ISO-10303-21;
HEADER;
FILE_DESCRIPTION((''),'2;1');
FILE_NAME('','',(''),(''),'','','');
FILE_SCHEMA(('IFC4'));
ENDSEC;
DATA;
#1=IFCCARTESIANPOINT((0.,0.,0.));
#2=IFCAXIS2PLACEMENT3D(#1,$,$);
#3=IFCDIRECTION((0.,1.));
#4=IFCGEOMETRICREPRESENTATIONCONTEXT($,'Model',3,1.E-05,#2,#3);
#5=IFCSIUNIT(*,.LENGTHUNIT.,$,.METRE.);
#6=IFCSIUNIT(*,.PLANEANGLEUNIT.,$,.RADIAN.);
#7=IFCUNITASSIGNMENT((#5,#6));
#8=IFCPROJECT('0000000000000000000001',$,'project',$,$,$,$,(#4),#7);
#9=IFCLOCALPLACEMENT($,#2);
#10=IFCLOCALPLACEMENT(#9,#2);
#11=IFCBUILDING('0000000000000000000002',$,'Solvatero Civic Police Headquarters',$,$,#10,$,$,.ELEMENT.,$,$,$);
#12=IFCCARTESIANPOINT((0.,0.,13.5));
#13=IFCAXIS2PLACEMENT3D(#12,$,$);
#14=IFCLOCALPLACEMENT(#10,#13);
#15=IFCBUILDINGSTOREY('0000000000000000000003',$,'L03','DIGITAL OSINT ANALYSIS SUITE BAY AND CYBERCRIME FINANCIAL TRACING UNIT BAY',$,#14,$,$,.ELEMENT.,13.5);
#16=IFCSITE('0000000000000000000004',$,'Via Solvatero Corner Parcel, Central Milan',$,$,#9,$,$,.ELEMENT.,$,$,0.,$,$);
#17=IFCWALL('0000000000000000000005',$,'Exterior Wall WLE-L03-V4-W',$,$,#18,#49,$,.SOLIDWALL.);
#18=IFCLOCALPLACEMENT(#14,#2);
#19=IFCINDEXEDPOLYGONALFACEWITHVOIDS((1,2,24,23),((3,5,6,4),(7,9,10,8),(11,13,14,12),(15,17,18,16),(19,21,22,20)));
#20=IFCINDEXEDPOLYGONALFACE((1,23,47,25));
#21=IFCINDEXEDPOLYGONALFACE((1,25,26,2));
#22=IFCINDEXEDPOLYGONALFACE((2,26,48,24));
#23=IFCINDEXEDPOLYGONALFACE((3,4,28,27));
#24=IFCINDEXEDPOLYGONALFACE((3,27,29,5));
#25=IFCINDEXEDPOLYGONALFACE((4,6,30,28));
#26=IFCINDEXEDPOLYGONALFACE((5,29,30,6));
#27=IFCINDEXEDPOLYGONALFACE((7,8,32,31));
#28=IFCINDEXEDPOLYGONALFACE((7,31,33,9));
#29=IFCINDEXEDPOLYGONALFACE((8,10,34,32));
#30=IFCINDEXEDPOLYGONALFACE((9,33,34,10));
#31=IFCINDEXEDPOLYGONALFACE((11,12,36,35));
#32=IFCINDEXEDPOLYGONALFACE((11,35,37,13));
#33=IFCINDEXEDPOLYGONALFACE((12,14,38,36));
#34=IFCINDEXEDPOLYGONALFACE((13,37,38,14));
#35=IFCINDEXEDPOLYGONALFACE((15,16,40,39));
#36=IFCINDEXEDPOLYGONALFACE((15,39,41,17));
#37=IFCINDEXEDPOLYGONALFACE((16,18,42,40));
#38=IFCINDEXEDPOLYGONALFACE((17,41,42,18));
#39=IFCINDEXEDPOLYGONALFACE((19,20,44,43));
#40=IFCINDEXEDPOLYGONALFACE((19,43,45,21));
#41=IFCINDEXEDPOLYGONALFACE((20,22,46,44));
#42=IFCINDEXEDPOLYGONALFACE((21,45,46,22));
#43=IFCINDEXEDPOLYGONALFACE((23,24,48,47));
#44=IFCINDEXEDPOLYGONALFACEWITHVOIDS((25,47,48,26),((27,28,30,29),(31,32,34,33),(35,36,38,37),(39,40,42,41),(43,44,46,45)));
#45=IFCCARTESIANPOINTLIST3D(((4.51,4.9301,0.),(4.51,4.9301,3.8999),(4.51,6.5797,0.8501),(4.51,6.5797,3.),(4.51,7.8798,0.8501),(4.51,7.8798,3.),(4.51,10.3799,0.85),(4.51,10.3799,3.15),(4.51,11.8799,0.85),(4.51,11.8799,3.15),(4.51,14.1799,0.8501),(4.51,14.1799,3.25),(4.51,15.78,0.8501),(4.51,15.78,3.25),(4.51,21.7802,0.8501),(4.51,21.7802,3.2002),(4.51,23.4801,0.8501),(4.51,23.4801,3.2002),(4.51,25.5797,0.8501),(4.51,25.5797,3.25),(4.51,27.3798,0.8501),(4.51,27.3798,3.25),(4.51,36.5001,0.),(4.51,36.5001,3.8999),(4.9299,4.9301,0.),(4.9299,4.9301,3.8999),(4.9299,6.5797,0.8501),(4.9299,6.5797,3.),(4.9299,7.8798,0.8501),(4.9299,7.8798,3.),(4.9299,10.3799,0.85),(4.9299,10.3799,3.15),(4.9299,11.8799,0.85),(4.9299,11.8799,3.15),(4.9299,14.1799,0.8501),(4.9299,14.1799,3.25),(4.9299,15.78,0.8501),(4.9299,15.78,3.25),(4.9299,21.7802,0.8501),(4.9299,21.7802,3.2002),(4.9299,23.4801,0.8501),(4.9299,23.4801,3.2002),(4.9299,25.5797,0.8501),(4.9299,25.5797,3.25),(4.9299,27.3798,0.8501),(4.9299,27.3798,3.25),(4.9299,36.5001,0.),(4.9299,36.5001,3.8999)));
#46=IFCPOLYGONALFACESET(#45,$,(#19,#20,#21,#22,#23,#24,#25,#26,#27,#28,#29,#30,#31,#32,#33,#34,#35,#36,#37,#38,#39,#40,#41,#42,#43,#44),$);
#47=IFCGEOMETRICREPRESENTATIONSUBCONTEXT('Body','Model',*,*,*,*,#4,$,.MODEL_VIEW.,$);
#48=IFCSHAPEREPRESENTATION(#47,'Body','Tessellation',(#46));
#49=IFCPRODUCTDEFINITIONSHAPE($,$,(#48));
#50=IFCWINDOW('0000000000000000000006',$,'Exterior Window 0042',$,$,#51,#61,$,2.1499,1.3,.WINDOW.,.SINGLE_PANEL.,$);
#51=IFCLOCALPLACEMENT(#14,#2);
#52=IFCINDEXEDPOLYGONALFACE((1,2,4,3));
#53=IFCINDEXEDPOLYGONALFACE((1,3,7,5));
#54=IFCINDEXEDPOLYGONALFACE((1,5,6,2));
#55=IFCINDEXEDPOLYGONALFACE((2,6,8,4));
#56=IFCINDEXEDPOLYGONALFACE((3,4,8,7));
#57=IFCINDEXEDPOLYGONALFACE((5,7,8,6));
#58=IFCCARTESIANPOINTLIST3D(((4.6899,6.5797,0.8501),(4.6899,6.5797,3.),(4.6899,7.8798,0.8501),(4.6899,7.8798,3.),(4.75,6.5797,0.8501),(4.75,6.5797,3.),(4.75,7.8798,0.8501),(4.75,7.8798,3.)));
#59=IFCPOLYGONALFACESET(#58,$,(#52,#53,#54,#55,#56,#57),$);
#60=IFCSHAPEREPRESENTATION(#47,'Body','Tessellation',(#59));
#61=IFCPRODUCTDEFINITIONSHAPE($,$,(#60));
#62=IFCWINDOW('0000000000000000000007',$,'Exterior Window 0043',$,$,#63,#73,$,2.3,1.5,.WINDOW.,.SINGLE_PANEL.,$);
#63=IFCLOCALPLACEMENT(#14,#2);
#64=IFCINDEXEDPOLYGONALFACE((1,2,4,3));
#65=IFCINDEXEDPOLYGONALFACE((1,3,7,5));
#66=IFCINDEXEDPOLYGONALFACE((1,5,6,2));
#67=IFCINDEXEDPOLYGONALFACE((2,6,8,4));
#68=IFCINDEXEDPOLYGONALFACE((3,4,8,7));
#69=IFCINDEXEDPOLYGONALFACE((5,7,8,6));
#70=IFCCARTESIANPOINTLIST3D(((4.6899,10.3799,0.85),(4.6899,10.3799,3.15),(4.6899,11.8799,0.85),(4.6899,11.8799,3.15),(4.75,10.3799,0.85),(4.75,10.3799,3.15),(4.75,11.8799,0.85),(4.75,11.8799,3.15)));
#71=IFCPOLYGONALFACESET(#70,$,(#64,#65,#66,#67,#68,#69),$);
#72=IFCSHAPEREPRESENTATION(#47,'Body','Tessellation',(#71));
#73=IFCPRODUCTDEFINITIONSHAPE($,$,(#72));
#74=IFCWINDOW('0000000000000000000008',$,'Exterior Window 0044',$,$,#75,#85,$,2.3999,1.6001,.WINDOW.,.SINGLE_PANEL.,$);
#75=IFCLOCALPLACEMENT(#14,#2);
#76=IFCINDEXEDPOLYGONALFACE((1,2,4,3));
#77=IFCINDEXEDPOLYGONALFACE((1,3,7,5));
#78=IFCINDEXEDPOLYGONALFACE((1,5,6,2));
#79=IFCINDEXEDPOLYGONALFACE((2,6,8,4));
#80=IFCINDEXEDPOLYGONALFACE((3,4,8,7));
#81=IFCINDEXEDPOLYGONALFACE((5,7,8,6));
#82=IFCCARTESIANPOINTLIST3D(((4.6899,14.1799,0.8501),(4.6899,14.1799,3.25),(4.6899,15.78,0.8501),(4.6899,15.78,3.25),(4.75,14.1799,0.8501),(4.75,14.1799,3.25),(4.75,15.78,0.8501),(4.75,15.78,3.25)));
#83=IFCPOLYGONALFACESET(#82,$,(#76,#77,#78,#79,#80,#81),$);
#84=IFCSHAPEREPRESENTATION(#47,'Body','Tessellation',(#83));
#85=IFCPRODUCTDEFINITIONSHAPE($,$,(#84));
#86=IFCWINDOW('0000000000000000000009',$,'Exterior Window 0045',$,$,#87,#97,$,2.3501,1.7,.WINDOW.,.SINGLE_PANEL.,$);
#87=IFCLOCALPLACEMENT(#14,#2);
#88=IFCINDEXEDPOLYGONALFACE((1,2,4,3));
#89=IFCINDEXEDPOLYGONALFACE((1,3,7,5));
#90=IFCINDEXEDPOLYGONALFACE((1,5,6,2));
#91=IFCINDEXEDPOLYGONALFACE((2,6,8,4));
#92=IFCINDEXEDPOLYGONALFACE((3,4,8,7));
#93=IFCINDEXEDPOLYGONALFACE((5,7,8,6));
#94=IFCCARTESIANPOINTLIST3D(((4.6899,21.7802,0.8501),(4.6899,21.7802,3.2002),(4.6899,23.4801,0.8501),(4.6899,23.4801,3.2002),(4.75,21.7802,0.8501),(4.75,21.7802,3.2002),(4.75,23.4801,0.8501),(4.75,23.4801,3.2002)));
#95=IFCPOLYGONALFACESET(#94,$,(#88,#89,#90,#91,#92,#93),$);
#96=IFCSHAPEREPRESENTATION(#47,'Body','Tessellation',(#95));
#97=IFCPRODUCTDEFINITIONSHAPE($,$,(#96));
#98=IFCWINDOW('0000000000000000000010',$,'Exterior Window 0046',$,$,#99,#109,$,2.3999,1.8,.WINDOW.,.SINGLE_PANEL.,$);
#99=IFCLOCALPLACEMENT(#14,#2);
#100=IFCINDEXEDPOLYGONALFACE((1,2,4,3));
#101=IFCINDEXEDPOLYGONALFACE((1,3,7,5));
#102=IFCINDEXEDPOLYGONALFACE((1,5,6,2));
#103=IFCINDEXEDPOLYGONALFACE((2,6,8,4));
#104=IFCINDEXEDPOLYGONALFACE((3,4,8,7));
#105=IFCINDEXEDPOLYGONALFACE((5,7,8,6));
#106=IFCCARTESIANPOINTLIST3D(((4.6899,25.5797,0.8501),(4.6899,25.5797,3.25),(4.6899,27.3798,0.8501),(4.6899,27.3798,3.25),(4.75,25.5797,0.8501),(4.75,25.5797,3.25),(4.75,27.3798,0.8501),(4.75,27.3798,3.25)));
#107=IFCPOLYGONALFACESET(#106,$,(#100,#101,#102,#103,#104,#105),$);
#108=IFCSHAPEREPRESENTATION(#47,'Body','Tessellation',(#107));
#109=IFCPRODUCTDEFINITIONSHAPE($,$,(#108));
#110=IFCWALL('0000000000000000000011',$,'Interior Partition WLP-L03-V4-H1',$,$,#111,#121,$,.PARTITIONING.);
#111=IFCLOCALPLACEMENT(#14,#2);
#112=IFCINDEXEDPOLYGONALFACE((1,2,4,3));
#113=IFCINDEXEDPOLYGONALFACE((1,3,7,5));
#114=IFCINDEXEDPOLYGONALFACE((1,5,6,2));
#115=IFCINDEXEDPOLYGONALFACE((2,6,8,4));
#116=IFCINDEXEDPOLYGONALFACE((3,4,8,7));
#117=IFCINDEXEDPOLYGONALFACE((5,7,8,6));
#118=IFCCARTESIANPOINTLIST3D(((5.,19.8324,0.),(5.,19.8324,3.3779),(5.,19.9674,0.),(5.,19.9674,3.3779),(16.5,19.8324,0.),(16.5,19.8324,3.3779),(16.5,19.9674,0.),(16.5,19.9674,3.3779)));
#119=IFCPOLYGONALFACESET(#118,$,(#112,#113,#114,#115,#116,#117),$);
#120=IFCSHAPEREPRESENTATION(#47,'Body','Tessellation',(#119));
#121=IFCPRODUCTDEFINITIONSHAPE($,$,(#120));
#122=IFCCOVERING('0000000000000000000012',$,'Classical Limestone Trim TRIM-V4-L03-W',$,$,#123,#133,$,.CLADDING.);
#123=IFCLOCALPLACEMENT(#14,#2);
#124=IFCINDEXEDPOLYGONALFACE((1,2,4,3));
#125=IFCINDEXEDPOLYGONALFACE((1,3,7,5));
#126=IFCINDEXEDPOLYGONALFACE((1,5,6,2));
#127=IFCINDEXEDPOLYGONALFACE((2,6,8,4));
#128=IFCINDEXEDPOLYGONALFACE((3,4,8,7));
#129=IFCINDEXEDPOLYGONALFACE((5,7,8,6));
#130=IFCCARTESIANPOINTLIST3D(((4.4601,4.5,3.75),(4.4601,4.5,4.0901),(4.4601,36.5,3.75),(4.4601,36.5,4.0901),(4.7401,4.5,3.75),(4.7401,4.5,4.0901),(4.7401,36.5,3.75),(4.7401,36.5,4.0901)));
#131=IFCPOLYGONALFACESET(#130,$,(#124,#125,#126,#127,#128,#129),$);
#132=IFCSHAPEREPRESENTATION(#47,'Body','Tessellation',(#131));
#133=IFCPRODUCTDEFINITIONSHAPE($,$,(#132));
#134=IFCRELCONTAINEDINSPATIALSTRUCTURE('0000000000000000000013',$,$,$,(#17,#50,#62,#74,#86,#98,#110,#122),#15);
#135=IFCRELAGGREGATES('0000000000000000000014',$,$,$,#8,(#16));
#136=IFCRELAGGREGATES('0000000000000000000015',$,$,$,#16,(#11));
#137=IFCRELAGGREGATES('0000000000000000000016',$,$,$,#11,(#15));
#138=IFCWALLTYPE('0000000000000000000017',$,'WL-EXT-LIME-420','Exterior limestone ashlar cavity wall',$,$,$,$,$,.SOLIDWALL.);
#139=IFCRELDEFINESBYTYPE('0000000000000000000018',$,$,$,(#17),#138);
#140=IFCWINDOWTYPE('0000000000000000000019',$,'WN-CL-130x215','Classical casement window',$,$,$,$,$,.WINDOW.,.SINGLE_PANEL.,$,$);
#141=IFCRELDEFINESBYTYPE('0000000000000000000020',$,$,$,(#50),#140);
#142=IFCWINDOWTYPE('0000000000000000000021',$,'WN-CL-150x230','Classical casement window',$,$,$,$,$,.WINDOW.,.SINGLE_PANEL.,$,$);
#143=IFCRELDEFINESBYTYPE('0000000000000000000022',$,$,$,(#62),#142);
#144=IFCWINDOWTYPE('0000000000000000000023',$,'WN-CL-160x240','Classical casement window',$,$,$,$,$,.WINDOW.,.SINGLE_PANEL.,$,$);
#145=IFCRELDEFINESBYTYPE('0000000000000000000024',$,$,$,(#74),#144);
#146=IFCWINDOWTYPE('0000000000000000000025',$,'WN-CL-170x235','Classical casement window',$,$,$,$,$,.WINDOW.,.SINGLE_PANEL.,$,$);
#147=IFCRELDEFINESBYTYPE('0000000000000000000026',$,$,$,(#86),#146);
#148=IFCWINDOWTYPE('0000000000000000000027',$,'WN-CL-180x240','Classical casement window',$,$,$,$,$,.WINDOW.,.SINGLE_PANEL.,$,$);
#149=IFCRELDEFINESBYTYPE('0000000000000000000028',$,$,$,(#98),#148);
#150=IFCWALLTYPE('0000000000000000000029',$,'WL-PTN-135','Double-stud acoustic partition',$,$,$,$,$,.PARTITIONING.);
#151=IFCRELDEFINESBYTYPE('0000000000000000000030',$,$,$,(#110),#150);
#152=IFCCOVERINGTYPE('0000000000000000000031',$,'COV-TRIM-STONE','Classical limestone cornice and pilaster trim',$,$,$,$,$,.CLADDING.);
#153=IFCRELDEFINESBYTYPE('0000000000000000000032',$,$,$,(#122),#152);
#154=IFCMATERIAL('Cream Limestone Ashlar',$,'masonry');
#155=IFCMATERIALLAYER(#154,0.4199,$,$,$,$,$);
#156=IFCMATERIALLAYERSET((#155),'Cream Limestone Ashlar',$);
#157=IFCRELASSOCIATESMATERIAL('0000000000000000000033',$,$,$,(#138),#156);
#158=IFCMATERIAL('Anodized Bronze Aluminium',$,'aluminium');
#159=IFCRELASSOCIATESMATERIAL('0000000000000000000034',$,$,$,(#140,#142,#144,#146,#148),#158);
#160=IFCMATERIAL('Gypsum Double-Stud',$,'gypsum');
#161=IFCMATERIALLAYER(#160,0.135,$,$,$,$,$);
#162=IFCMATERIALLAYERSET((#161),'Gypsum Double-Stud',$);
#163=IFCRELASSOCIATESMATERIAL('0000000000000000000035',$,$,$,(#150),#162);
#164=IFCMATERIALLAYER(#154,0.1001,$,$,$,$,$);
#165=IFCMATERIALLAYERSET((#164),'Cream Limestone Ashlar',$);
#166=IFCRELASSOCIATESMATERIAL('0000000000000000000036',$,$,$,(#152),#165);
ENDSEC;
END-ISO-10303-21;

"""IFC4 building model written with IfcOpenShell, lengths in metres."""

from ifc_helpers import new_model, si_unit, direction, frame, frame_2d, origin, origin_2d, place, context, subcontext, project, spatial, rectangle, extrude, material, layer, layer_set, type_object, element, fill, save


model = new_model("IFC4")

# Units and contexts
model_context = context("Model", 3, precision=1e-05, world=origin(), true_north=direction((0.0, 1.0)))
body_context = subcontext(model_context, "Body", "Model", "MODEL_VIEW")
ifc_project = project(units=[si_unit("LENGTHUNIT", "METRE"), si_unit("PLANEANGLEUNIT", "RADIAN")], contexts=[model_context])

# Site, building, storey
site_placement = place(None, origin())
site = spatial("IfcSite", under=ifc_project, at=site_placement, Name="Via Solvatero Corner Parcel, Central Milan", CompositionType="ELEMENT", RefElevation=0.0)
building_placement = place(site_placement, origin())
building = spatial("IfcBuilding", under=site, at=building_placement, Name="Solvatero Civic Police Headquarters", CompositionType="ELEMENT")
storey_placement = place(building_placement, frame((0.0, 0.0, 13.5)))
storey = spatial("IfcBuildingStorey", under=building, at=storey_placement, Name="L03", Description="DIGITAL OSINT ANALYSIS SUITE BAY AND CYBERCRIME FINANCIAL TRACING UNIT BAY", CompositionType="ELEMENT", Elevation=13.5)

# Wall, openings, windows
ifc_material_1 = material(Name="Cream Limestone Ashlar", Category="masonry")
ifc_layer_1 = layer(ifc_material_1, 0.4199)
ifc_layer_set_1 = layer_set([ifc_layer_1], Name="Cream Limestone Ashlar")
wall_type_1 = type_object("IfcWallType", Name="WL-EXT-LIME-420", Description="Exterior limestone ashlar cavity wall", PredefinedType="SOLIDWALL", material=ifc_layer_set_1)
wall_1_placement = place(storey_placement, frame((4.72, 4.9299, 0.0), z_axis=(0.0, 0.0, 1.0), x_axis=(0.0, 1.0, 0.0)))
wall_1 = element("IfcWall", 1, at=wall_1_placement, inside=storey, type_object=wall_type_1, Name="Exterior Wall WLE-L03-V4-W", PredefinedType="SOLIDWALL", context=body_context, shape_type="SweptSolid", body=[
    extrude(rectangle(XDim=31.5701, YDim=0.4199, at=frame_2d((15.7852, 0.0))), origin(), (0.0, 0.0, 1.0), 3.8999),
])
opening_1_placement = place(wall_1_placement, frame((1.6499, 0.0, 0.8501)))
opening_1 = element("IfcOpeningElement", 2, at=opening_1_placement, cuts=wall_1, PredefinedType="OPENING", context=body_context, shape_type="SweptSolid", body=[
    extrude(rectangle(XDim=1.3, YDim=2.1499, at=frame_2d((0.6499, 1.075))), frame((0.0, 0.22, 0.0), z_axis=(0.0, -1.0, 0.0), x_axis=(1.0, 0.0, 0.0)), (0.0, 0.0, 1.0), 0.4399),
])
opening_2_placement = place(wall_1_placement, frame((5.45, 0.0, 0.8501)))
opening_2 = element("IfcOpeningElement", 3, at=opening_2_placement, cuts=wall_1, PredefinedType="OPENING", context=body_context, shape_type="SweptSolid", body=[
    extrude(rectangle(XDim=1.5, YDim=2.3, at=frame_2d((0.75, 1.1499))), frame((0.0, 0.22, 0.0), z_axis=(0.0, -1.0, 0.0), x_axis=(1.0, 0.0, 0.0)), (0.0, 0.0, 1.0), 0.4399),
])
opening_3_placement = place(wall_1_placement, frame((9.25, 0.0, 0.8501)))
opening_3 = element("IfcOpeningElement", 4, at=opening_3_placement, cuts=wall_1, PredefinedType="OPENING", context=body_context, shape_type="SweptSolid", body=[
    extrude(rectangle(XDim=1.6001, YDim=2.3999, at=frame_2d((0.8, 1.2))), frame((0.0, 0.22, 0.0), z_axis=(0.0, -1.0, 0.0), x_axis=(1.0, 0.0, 0.0)), (0.0, 0.0, 1.0), 0.4399),
])
opening_4_placement = place(wall_1_placement, frame((16.8501, 0.0, 0.8501)))
opening_4 = element("IfcOpeningElement", 5, at=opening_4_placement, cuts=wall_1, PredefinedType="OPENING", context=body_context, shape_type="SweptSolid", body=[
    extrude(rectangle(XDim=1.7, YDim=2.3501, at=frame_2d((0.8501, 1.175))), frame((0.0, 0.22, 0.0), z_axis=(0.0, -1.0, 0.0), x_axis=(1.0, 0.0, 0.0)), (0.0, 0.0, 1.0), 0.4399),
])
opening_5_placement = place(wall_1_placement, frame((20.6499, 0.0, 0.8501)))
opening_5 = element("IfcOpeningElement", 6, at=opening_5_placement, cuts=wall_1, PredefinedType="OPENING", context=body_context, shape_type="SweptSolid", body=[
    extrude(rectangle(XDim=1.8, YDim=2.3999, at=frame_2d((0.8999, 1.2))), frame((0.0, 0.22, 0.0), z_axis=(0.0, -1.0, 0.0), x_axis=(1.0, 0.0, 0.0)), (0.0, 0.0, 1.0), 0.4399),
])
ifc_material_2 = material(Name="Anodized Bronze Aluminium", Category="aluminium")
window_type_1 = type_object("IfcWindowType", Name="WN-CL-130x215", Description="Classical casement window", PartitioningType="SINGLE_PANEL", PredefinedType="WINDOW", material=ifc_material_2)
window_1_placement = place(opening_1_placement, origin())
window_1 = element("IfcWindow", 7, at=window_1_placement, inside=storey, type_object=window_type_1, Name="Exterior Window 0042", OverallHeight=2.1499, OverallWidth=1.3, PartitioningType="SINGLE_PANEL", PredefinedType="WINDOW", context=body_context, shape_type="SweptSolid", body=[
    extrude(rectangle(XDim=1.3, YDim=2.1499, at=frame_2d((0.6499, 1.075))), frame((0.0, 0.03, 0.0), z_axis=(0.0, -1.0, 0.0), x_axis=(1.0, 0.0, 0.0)), (0.0, 0.0, 1.0), 0.0601),
])
fill(opening_1, window_1)
window_type_2 = type_object("IfcWindowType", Name="WN-CL-150x230", Description="Classical casement window", PartitioningType="SINGLE_PANEL", PredefinedType="WINDOW", material=ifc_material_2)
window_2_placement = place(opening_2_placement, origin())
window_2 = element("IfcWindow", 8, at=window_2_placement, inside=storey, type_object=window_type_2, Name="Exterior Window 0043", OverallHeight=2.3, OverallWidth=1.5, PartitioningType="SINGLE_PANEL", PredefinedType="WINDOW", context=body_context, shape_type="SweptSolid", body=[
    extrude(rectangle(XDim=1.5, YDim=2.3, at=frame_2d((0.75, 1.1499))), frame((0.0, 0.03, 0.0), z_axis=(0.0, -1.0, 0.0), x_axis=(1.0, 0.0, 0.0)), (0.0, 0.0, 1.0), 0.0601),
])
fill(opening_2, window_2)
window_type_3 = type_object("IfcWindowType", Name="WN-CL-160x240", Description="Classical casement window", PartitioningType="SINGLE_PANEL", PredefinedType="WINDOW", material=ifc_material_2)
window_3_placement = place(opening_3_placement, origin())
window_3 = element("IfcWindow", 9, at=window_3_placement, inside=storey, type_object=window_type_3, Name="Exterior Window 0044", OverallHeight=2.3999, OverallWidth=1.6001, PartitioningType="SINGLE_PANEL", PredefinedType="WINDOW", context=body_context, shape_type="SweptSolid", body=[
    extrude(rectangle(XDim=1.6001, YDim=2.3999, at=frame_2d((0.8, 1.2))), frame((0.0, 0.03, 0.0), z_axis=(0.0, -1.0, 0.0), x_axis=(1.0, 0.0, 0.0)), (0.0, 0.0, 1.0), 0.0601),
])
fill(opening_3, window_3)
window_type_4 = type_object("IfcWindowType", Name="WN-CL-170x235", Description="Classical casement window", PartitioningType="SINGLE_PANEL", PredefinedType="WINDOW", material=ifc_material_2)
window_4_placement = place(opening_4_placement, origin())
window_4 = element("IfcWindow", 10, at=window_4_placement, inside=storey, type_object=window_type_4, Name="Exterior Window 0045", OverallHeight=2.3501, OverallWidth=1.7, PartitioningType="SINGLE_PANEL", PredefinedType="WINDOW", context=body_context, shape_type="SweptSolid", body=[
    extrude(rectangle(XDim=1.7, YDim=2.3501, at=frame_2d((0.8501, 1.175))), frame((0.0, 0.03, 0.0), z_axis=(0.0, -1.0, 0.0), x_axis=(1.0, 0.0, 0.0)), (0.0, 0.0, 1.0), 0.0601),
])
fill(opening_4, window_4)
window_type_5 = type_object("IfcWindowType", Name="WN-CL-180x240", Description="Classical casement window", PartitioningType="SINGLE_PANEL", PredefinedType="WINDOW", material=ifc_material_2)
window_5_placement = place(opening_5_placement, origin())
window_5 = element("IfcWindow", 11, at=window_5_placement, inside=storey, type_object=window_type_5, Name="Exterior Window 0046", OverallHeight=2.3999, OverallWidth=1.8, PartitioningType="SINGLE_PANEL", PredefinedType="WINDOW", context=body_context, shape_type="SweptSolid", body=[
    extrude(rectangle(XDim=1.8, YDim=2.3999, at=frame_2d((0.8999, 1.2))), frame((0.0, 0.03, 0.0), z_axis=(0.0, -1.0, 0.0), x_axis=(1.0, 0.0, 0.0)), (0.0, 0.0, 1.0), 0.0601),
])
fill(opening_5, window_5)

# Wall
ifc_material_3 = material(Name="Gypsum Double-Stud", Category="gypsum")
ifc_layer_2 = layer(ifc_material_3, 0.135)
ifc_layer_set_2 = layer_set([ifc_layer_2], Name="Gypsum Double-Stud")
wall_type_2 = type_object("IfcWallType", Name="WL-PTN-135", Description="Double-stud acoustic partition", PredefinedType="PARTITIONING", material=ifc_layer_set_2)
wall_2_placement = place(storey_placement, frame((5.0, 19.8999, 0.0), z_axis=(0.0, 0.0, 1.0), x_axis=(1.0, 0.0, 0.0)))
element("IfcWall", 12, at=wall_2_placement, inside=storey, type_object=wall_type_2, Name="Interior Partition WLP-L03-V4-H1", PredefinedType="PARTITIONING", context=body_context, shape_type="SweptSolid", body=[
    extrude(rectangle(XDim=11.5, YDim=0.135, at=frame_2d((5.75, 0.0))), origin(), (0.0, 0.0, 1.0), 3.3779),
])

# Covering
ifc_layer_3 = layer(ifc_material_1, 0.1001)
ifc_layer_set_3 = layer_set([ifc_layer_3], Name="Cream Limestone Ashlar")
covering_type = type_object("IfcCoveringType", Name="COV-TRIM-STONE", Description="Classical limestone cornice and pilaster trim", PredefinedType="CLADDING", material=ifc_layer_set_3)
covering_placement = place(storey_placement, frame((4.6001, 20.5, 3.75), z_axis=(0.0, 0.0, 1.0), x_axis=(1.0, 0.0, 0.0)))
element("IfcCovering", 13, at=covering_placement, inside=storey, type_object=covering_type, Name="Classical Limestone Trim TRIM-V4-L03-W", PredefinedType="CLADDING", context=body_context, shape_type="SweptSolid", body=[
    extrude(rectangle(XDim=0.28, YDim=32.0, at=origin_2d()), origin(), (0.0, 0.0, 1.0), 0.3401),
])

save(model, "model.ifc")
